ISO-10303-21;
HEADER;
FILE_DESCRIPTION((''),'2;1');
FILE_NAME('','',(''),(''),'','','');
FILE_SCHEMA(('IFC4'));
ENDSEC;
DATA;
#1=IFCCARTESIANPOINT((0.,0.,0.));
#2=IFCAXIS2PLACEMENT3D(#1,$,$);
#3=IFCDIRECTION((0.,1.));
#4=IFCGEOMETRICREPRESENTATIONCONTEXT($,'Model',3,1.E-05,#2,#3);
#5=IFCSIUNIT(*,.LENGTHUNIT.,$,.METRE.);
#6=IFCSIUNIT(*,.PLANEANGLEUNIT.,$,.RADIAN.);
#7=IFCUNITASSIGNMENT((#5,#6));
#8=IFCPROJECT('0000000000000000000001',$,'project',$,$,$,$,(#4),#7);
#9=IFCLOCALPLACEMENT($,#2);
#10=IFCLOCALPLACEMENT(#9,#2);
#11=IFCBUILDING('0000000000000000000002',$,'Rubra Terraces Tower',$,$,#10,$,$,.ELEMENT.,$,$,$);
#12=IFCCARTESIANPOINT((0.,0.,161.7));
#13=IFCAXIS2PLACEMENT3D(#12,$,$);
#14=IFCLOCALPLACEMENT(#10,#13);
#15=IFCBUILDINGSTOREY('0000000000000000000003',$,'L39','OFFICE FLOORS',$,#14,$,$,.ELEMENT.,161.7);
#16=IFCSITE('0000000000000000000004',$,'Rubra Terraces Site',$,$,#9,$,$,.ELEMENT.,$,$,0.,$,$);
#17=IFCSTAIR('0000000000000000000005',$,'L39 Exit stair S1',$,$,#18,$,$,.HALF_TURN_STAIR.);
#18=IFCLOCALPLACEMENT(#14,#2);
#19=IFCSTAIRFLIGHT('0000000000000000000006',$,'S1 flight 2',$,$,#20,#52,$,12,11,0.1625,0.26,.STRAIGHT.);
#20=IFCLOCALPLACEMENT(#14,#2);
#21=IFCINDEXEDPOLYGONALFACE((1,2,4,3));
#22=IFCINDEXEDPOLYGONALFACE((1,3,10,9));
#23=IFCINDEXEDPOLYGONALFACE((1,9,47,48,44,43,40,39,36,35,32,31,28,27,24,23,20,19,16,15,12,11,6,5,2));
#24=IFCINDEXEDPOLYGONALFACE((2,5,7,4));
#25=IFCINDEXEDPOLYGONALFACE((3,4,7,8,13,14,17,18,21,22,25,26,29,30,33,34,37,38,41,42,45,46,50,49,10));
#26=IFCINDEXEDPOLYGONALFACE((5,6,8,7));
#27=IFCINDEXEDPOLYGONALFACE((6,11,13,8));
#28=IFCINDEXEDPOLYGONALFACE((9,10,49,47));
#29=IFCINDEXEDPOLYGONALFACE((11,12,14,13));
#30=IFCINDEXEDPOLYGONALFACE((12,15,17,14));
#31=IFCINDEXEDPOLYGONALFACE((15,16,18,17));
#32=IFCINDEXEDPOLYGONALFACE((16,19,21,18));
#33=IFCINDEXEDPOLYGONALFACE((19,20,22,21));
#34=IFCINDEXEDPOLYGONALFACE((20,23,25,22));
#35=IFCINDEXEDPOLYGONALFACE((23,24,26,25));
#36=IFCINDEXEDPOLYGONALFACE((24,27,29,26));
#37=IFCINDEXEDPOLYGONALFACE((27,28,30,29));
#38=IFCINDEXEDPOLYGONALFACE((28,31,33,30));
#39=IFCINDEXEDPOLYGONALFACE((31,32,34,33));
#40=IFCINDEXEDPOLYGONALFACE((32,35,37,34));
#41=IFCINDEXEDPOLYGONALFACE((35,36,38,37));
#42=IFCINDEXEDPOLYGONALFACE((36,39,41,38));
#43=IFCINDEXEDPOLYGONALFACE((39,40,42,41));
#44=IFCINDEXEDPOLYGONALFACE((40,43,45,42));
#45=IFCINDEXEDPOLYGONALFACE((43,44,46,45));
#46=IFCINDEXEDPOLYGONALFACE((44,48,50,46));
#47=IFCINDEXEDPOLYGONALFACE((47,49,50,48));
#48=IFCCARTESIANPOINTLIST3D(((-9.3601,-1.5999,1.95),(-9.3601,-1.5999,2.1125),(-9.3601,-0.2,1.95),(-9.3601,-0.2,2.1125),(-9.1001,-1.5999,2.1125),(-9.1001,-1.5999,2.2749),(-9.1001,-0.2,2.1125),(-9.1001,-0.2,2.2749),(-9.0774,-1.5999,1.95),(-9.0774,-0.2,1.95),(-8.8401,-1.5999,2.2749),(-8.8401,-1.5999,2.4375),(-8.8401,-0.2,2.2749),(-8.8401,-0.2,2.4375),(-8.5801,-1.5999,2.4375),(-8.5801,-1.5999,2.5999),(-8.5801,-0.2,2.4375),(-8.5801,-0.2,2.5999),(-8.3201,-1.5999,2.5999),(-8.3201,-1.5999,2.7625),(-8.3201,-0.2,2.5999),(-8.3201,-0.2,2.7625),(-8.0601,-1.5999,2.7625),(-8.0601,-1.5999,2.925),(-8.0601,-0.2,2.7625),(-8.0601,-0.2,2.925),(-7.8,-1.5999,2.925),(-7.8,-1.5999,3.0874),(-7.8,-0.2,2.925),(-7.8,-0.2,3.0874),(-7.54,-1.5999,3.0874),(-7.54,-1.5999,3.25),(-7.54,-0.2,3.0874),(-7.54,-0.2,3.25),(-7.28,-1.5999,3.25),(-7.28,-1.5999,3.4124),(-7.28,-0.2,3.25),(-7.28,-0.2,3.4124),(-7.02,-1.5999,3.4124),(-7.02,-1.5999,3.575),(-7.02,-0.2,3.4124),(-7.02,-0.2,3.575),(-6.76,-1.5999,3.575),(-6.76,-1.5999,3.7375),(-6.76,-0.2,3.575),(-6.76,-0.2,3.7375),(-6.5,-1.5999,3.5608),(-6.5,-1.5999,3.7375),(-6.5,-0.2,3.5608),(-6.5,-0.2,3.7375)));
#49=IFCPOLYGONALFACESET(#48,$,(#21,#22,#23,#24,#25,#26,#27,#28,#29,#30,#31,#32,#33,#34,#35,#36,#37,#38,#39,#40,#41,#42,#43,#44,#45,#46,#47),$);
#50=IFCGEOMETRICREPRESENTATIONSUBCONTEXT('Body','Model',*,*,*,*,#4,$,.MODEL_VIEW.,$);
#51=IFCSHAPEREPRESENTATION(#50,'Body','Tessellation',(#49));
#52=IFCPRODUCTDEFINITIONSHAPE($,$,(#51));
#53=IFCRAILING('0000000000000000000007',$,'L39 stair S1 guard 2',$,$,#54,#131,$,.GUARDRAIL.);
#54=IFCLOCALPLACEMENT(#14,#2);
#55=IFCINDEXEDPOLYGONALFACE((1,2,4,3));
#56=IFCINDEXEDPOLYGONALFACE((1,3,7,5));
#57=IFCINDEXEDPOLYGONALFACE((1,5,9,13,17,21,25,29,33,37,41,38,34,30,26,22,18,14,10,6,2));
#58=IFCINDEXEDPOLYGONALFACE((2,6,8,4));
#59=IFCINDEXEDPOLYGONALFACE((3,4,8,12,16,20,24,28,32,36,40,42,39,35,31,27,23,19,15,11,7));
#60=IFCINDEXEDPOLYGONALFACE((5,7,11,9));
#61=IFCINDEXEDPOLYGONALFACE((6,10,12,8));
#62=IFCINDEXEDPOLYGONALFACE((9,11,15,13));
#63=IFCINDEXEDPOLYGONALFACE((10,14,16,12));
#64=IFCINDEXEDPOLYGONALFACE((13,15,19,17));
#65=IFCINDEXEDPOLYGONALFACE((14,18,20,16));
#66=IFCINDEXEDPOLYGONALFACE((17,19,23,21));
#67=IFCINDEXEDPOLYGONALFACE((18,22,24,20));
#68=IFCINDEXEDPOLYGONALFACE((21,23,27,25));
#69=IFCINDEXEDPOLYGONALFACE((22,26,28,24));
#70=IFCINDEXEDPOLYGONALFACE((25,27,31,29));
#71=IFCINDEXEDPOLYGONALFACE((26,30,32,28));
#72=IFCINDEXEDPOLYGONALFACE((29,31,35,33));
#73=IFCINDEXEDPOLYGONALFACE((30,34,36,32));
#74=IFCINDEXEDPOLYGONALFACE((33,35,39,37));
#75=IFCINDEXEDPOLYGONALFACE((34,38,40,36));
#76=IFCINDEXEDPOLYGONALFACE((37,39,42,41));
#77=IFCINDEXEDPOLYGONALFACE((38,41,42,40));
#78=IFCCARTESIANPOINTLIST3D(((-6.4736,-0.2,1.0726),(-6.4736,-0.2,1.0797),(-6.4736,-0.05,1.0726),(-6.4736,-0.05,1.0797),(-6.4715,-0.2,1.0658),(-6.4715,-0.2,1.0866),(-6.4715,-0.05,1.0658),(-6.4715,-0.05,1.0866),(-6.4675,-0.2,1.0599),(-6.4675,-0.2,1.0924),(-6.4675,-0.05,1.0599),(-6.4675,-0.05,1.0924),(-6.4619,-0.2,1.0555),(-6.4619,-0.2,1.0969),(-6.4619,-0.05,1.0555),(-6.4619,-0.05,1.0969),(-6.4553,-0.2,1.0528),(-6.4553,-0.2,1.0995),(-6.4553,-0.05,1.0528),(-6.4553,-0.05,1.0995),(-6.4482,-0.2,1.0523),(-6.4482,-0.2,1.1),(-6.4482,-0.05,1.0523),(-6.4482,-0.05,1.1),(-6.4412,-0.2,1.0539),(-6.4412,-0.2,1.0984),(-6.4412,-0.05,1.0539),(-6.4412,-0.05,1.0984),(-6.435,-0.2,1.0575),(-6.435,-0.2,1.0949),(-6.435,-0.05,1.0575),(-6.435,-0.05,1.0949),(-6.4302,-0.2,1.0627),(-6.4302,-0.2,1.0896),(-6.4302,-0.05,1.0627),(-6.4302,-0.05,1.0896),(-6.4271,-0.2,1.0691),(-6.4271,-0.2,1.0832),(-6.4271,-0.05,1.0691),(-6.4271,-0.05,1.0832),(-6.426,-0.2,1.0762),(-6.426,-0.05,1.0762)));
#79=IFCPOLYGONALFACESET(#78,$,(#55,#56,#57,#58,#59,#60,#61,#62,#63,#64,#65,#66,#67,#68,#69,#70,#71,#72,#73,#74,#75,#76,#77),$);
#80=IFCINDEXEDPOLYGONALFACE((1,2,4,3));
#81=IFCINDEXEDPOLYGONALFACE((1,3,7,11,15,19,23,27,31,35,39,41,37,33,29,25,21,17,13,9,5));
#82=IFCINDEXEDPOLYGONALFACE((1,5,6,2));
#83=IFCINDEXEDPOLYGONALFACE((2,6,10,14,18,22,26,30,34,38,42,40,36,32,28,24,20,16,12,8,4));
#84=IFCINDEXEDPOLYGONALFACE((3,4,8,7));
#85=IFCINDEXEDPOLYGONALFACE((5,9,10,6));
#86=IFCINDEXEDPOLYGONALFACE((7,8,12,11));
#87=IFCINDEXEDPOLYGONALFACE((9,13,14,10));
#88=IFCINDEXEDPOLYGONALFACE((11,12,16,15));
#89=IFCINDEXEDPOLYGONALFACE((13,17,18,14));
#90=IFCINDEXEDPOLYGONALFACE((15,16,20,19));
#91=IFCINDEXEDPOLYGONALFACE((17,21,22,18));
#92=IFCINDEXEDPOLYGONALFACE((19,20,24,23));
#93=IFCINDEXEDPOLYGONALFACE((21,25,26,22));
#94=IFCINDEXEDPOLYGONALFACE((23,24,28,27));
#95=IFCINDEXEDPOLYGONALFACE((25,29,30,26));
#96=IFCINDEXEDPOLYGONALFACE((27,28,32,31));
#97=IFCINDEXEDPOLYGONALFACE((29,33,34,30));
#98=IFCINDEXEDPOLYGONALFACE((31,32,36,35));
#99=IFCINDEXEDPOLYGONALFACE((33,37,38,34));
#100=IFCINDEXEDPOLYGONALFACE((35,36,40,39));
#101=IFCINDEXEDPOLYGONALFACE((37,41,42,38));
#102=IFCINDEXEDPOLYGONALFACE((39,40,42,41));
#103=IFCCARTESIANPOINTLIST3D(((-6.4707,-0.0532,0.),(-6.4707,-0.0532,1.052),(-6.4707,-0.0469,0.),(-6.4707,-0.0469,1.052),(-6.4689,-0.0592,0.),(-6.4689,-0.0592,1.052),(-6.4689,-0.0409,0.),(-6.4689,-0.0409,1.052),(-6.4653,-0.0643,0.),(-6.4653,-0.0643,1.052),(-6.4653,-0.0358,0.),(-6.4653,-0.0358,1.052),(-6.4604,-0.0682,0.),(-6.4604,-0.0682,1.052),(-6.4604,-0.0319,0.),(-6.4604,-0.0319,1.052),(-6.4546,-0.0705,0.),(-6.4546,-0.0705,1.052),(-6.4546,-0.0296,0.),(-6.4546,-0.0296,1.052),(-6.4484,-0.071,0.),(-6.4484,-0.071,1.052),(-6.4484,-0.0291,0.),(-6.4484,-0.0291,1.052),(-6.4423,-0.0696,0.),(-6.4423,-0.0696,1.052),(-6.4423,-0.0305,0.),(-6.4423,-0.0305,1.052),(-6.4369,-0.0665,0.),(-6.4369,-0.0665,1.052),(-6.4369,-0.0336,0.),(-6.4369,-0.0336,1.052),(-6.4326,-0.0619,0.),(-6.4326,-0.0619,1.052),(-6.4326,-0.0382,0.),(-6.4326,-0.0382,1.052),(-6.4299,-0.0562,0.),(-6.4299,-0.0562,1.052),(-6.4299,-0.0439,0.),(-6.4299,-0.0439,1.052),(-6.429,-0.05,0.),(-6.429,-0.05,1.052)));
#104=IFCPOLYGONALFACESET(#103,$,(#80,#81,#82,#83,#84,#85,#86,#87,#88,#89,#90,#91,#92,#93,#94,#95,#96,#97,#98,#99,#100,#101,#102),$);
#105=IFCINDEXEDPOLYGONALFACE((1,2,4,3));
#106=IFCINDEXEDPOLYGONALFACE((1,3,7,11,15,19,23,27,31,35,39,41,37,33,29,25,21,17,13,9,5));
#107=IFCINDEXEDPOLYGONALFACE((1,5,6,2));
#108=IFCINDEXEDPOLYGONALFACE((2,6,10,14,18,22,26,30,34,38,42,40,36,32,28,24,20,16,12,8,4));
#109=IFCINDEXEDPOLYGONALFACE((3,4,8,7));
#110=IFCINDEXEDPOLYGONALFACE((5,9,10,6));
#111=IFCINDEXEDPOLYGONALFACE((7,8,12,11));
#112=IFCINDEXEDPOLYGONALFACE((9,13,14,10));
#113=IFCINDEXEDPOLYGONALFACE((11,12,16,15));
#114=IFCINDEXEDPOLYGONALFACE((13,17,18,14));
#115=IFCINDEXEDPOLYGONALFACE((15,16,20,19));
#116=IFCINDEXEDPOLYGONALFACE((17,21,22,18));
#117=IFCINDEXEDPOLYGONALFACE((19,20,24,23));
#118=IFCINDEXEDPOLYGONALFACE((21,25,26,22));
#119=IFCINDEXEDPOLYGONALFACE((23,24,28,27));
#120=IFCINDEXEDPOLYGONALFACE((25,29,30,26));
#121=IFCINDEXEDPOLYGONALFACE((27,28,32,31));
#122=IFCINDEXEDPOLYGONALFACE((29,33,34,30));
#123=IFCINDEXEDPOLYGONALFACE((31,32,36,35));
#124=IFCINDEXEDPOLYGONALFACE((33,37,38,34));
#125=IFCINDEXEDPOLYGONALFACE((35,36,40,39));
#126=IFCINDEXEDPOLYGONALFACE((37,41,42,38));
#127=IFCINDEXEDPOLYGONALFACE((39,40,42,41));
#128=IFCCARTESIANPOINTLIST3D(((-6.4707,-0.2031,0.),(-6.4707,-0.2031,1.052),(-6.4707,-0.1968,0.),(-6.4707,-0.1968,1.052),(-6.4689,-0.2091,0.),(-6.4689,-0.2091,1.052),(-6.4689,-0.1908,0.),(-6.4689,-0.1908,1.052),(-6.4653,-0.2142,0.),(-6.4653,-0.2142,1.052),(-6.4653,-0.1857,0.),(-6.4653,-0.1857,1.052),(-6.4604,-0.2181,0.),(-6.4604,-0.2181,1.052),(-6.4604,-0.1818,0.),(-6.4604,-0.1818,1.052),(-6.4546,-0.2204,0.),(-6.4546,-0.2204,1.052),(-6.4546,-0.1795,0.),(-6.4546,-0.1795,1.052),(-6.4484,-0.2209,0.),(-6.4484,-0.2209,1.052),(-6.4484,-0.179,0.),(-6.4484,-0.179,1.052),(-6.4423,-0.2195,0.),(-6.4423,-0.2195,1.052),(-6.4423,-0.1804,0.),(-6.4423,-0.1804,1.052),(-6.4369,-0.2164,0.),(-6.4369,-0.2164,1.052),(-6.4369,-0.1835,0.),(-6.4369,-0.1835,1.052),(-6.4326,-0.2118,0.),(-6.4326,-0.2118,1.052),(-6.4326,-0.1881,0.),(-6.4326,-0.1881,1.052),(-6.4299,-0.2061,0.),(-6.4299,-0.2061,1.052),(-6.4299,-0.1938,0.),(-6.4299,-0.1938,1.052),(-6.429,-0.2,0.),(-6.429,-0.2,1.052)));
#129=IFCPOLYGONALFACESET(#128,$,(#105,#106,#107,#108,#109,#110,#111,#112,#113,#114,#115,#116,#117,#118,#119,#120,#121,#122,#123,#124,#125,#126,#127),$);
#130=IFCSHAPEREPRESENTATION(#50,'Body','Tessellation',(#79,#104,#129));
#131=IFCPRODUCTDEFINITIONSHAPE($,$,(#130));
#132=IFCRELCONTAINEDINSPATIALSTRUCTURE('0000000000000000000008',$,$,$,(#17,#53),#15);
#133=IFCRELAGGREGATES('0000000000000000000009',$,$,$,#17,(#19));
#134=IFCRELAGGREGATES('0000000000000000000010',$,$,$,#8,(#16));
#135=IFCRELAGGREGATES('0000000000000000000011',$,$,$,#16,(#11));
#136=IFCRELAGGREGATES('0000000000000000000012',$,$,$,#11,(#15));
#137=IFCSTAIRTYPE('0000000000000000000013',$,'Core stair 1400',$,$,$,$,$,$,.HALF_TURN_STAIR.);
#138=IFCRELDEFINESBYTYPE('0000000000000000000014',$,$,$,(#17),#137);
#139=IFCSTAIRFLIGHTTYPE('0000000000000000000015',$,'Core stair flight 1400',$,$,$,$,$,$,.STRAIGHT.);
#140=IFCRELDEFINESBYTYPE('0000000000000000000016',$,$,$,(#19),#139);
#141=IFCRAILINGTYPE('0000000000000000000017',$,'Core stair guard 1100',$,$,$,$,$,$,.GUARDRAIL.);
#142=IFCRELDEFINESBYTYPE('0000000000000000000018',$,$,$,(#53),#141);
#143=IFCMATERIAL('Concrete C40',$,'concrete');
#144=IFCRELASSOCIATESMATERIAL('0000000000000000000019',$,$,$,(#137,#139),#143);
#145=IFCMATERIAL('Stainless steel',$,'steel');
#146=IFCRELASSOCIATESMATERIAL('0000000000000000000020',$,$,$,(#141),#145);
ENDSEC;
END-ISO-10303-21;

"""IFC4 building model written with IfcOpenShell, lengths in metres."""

from ifc_helpers import new_model, si_unit, direction, frame, origin, origin_2d, place, context, subcontext, project, spatial, polyline, circle, outline, extrude, material, type_object, element, aggregate, save


model = new_model("IFC4")

# Units and contexts
model_context = context("Model", 3, precision=1e-05, world=origin(), true_north=direction((0.0, 1.0)))
body_context = subcontext(model_context, "Body", "Model", "MODEL_VIEW")
ifc_project = project(units=[si_unit("LENGTHUNIT", "METRE"), si_unit("PLANEANGLEUNIT", "RADIAN")], contexts=[model_context])

# Site, building, storey
site_placement = place(None, origin())
site = spatial("IfcSite", under=ifc_project, at=site_placement, Name="Rubra Terraces Site", CompositionType="ELEMENT", RefElevation=0.0)
building_placement = place(site_placement, origin())
building = spatial("IfcBuilding", under=site, at=building_placement, Name="Rubra Terraces Tower", CompositionType="ELEMENT")
storey_placement = place(building_placement, frame((0.0, 0.0, 161.7)))
storey = spatial("IfcBuildingStorey", under=building, at=storey_placement, Name="L39", Description="OFFICE FLOORS", CompositionType="ELEMENT", Elevation=161.7)

# Shared definitions
ifc_material_1 = material(Name="Concrete C40", Category="concrete")

# Stair, stair flight
stair_type = type_object("IfcStairType", Name="Core stair 1400", PredefinedType="HALF_TURN_STAIR", material=ifc_material_1)
stair_placement = place(storey_placement, origin())
stair = element("IfcStair", 1, at=stair_placement, inside=storey, type_object=stair_type, Name="L39 Exit stair S1", PredefinedType="HALF_TURN_STAIR")
stair_flight_type = type_object("IfcStairFlightType", Name="Core stair flight 1400", PredefinedType="STRAIGHT", material=ifc_material_1)
stair_flight_1_placement = place(storey_placement, frame((-9.3601, -0.8999, 1.95), z_axis=(0.0, 0.0, 1.0), x_axis=(1.0, 0.0, 0.0)))
stair_flight_1 = element("IfcStairFlight", 2, at=stair_flight_1_placement, type_object=stair_flight_type, Name="S1 flight 2", NumberOfRisers=12, NumberOfTreads=11, PredefinedType="STRAIGHT", RiserHeight=0.1625, TreadLength=0.26, context=body_context, shape_type="SweptSolid", body=[
    extrude(outline(polyline([(0.0, 0.0), (0.0, 0.1626), (0.26, 0.1626), (0.26, 0.325), (0.52, 0.325), (0.52, 0.4875), (0.78, 0.4875), (0.78, 0.6499), (1.04, 0.6499), (1.04, 0.8125), (1.3, 0.8125), (1.3, 0.9751), (1.5601, 0.9751), (1.5601, 1.1375), (1.8201, 1.1375), (1.8201, 1.3), (2.0801, 1.3), (2.0801, 1.4624), (2.3401, 1.4624), (2.3401, 1.625), (2.6001, 1.625), (2.6001, 1.7876), (2.8601, 1.7876), (2.8601, 1.95), (2.8601, 1.6108), (0.2827, 0.0), (0.0, 0.0)])), frame((0.0, 0.7, 0.0), z_axis=(0.0, -1.0, 0.0), x_axis=(1.0, 0.0, 0.0)), (0.0, 0.0, 1.0), 1.3999),
])
aggregate(stair, [stair_flight_1])

# Railing
ifc_material_2 = material(Name="Stainless steel", Category="steel")
railing_type = type_object("IfcRailingType", Name="Core stair guard 1100", PredefinedType="GUARDRAIL", material=ifc_material_2)
railing_1_placement = place(storey_placement, frame((-6.45, -0.05, 0.0)))
element("IfcRailing", 3, at=railing_1_placement, inside=storey, type_object=railing_type, Name="L39 stair S1 guard 2", PredefinedType="GUARDRAIL", context=body_context, shape_type="SweptSolid", body=[
    extrude(circle(Radius=0.0239, at=origin_2d()), frame((0.0, 0.0, 1.0762), z_axis=(0.0, -1.0, 0.0), x_axis=(1.0, 0.0, 0.0)), (0.0, 0.0, 1.0), 0.1499),
    extrude(circle(Radius=0.021, at=origin_2d()), origin(), (0.0, 0.0, 1.0), 1.052),
    extrude(circle(Radius=0.021, at=origin_2d()), frame((0.0, -0.1499, 0.0)), (0.0, 0.0, 1.0), 1.052),
])

save(model, "model.ifc")
